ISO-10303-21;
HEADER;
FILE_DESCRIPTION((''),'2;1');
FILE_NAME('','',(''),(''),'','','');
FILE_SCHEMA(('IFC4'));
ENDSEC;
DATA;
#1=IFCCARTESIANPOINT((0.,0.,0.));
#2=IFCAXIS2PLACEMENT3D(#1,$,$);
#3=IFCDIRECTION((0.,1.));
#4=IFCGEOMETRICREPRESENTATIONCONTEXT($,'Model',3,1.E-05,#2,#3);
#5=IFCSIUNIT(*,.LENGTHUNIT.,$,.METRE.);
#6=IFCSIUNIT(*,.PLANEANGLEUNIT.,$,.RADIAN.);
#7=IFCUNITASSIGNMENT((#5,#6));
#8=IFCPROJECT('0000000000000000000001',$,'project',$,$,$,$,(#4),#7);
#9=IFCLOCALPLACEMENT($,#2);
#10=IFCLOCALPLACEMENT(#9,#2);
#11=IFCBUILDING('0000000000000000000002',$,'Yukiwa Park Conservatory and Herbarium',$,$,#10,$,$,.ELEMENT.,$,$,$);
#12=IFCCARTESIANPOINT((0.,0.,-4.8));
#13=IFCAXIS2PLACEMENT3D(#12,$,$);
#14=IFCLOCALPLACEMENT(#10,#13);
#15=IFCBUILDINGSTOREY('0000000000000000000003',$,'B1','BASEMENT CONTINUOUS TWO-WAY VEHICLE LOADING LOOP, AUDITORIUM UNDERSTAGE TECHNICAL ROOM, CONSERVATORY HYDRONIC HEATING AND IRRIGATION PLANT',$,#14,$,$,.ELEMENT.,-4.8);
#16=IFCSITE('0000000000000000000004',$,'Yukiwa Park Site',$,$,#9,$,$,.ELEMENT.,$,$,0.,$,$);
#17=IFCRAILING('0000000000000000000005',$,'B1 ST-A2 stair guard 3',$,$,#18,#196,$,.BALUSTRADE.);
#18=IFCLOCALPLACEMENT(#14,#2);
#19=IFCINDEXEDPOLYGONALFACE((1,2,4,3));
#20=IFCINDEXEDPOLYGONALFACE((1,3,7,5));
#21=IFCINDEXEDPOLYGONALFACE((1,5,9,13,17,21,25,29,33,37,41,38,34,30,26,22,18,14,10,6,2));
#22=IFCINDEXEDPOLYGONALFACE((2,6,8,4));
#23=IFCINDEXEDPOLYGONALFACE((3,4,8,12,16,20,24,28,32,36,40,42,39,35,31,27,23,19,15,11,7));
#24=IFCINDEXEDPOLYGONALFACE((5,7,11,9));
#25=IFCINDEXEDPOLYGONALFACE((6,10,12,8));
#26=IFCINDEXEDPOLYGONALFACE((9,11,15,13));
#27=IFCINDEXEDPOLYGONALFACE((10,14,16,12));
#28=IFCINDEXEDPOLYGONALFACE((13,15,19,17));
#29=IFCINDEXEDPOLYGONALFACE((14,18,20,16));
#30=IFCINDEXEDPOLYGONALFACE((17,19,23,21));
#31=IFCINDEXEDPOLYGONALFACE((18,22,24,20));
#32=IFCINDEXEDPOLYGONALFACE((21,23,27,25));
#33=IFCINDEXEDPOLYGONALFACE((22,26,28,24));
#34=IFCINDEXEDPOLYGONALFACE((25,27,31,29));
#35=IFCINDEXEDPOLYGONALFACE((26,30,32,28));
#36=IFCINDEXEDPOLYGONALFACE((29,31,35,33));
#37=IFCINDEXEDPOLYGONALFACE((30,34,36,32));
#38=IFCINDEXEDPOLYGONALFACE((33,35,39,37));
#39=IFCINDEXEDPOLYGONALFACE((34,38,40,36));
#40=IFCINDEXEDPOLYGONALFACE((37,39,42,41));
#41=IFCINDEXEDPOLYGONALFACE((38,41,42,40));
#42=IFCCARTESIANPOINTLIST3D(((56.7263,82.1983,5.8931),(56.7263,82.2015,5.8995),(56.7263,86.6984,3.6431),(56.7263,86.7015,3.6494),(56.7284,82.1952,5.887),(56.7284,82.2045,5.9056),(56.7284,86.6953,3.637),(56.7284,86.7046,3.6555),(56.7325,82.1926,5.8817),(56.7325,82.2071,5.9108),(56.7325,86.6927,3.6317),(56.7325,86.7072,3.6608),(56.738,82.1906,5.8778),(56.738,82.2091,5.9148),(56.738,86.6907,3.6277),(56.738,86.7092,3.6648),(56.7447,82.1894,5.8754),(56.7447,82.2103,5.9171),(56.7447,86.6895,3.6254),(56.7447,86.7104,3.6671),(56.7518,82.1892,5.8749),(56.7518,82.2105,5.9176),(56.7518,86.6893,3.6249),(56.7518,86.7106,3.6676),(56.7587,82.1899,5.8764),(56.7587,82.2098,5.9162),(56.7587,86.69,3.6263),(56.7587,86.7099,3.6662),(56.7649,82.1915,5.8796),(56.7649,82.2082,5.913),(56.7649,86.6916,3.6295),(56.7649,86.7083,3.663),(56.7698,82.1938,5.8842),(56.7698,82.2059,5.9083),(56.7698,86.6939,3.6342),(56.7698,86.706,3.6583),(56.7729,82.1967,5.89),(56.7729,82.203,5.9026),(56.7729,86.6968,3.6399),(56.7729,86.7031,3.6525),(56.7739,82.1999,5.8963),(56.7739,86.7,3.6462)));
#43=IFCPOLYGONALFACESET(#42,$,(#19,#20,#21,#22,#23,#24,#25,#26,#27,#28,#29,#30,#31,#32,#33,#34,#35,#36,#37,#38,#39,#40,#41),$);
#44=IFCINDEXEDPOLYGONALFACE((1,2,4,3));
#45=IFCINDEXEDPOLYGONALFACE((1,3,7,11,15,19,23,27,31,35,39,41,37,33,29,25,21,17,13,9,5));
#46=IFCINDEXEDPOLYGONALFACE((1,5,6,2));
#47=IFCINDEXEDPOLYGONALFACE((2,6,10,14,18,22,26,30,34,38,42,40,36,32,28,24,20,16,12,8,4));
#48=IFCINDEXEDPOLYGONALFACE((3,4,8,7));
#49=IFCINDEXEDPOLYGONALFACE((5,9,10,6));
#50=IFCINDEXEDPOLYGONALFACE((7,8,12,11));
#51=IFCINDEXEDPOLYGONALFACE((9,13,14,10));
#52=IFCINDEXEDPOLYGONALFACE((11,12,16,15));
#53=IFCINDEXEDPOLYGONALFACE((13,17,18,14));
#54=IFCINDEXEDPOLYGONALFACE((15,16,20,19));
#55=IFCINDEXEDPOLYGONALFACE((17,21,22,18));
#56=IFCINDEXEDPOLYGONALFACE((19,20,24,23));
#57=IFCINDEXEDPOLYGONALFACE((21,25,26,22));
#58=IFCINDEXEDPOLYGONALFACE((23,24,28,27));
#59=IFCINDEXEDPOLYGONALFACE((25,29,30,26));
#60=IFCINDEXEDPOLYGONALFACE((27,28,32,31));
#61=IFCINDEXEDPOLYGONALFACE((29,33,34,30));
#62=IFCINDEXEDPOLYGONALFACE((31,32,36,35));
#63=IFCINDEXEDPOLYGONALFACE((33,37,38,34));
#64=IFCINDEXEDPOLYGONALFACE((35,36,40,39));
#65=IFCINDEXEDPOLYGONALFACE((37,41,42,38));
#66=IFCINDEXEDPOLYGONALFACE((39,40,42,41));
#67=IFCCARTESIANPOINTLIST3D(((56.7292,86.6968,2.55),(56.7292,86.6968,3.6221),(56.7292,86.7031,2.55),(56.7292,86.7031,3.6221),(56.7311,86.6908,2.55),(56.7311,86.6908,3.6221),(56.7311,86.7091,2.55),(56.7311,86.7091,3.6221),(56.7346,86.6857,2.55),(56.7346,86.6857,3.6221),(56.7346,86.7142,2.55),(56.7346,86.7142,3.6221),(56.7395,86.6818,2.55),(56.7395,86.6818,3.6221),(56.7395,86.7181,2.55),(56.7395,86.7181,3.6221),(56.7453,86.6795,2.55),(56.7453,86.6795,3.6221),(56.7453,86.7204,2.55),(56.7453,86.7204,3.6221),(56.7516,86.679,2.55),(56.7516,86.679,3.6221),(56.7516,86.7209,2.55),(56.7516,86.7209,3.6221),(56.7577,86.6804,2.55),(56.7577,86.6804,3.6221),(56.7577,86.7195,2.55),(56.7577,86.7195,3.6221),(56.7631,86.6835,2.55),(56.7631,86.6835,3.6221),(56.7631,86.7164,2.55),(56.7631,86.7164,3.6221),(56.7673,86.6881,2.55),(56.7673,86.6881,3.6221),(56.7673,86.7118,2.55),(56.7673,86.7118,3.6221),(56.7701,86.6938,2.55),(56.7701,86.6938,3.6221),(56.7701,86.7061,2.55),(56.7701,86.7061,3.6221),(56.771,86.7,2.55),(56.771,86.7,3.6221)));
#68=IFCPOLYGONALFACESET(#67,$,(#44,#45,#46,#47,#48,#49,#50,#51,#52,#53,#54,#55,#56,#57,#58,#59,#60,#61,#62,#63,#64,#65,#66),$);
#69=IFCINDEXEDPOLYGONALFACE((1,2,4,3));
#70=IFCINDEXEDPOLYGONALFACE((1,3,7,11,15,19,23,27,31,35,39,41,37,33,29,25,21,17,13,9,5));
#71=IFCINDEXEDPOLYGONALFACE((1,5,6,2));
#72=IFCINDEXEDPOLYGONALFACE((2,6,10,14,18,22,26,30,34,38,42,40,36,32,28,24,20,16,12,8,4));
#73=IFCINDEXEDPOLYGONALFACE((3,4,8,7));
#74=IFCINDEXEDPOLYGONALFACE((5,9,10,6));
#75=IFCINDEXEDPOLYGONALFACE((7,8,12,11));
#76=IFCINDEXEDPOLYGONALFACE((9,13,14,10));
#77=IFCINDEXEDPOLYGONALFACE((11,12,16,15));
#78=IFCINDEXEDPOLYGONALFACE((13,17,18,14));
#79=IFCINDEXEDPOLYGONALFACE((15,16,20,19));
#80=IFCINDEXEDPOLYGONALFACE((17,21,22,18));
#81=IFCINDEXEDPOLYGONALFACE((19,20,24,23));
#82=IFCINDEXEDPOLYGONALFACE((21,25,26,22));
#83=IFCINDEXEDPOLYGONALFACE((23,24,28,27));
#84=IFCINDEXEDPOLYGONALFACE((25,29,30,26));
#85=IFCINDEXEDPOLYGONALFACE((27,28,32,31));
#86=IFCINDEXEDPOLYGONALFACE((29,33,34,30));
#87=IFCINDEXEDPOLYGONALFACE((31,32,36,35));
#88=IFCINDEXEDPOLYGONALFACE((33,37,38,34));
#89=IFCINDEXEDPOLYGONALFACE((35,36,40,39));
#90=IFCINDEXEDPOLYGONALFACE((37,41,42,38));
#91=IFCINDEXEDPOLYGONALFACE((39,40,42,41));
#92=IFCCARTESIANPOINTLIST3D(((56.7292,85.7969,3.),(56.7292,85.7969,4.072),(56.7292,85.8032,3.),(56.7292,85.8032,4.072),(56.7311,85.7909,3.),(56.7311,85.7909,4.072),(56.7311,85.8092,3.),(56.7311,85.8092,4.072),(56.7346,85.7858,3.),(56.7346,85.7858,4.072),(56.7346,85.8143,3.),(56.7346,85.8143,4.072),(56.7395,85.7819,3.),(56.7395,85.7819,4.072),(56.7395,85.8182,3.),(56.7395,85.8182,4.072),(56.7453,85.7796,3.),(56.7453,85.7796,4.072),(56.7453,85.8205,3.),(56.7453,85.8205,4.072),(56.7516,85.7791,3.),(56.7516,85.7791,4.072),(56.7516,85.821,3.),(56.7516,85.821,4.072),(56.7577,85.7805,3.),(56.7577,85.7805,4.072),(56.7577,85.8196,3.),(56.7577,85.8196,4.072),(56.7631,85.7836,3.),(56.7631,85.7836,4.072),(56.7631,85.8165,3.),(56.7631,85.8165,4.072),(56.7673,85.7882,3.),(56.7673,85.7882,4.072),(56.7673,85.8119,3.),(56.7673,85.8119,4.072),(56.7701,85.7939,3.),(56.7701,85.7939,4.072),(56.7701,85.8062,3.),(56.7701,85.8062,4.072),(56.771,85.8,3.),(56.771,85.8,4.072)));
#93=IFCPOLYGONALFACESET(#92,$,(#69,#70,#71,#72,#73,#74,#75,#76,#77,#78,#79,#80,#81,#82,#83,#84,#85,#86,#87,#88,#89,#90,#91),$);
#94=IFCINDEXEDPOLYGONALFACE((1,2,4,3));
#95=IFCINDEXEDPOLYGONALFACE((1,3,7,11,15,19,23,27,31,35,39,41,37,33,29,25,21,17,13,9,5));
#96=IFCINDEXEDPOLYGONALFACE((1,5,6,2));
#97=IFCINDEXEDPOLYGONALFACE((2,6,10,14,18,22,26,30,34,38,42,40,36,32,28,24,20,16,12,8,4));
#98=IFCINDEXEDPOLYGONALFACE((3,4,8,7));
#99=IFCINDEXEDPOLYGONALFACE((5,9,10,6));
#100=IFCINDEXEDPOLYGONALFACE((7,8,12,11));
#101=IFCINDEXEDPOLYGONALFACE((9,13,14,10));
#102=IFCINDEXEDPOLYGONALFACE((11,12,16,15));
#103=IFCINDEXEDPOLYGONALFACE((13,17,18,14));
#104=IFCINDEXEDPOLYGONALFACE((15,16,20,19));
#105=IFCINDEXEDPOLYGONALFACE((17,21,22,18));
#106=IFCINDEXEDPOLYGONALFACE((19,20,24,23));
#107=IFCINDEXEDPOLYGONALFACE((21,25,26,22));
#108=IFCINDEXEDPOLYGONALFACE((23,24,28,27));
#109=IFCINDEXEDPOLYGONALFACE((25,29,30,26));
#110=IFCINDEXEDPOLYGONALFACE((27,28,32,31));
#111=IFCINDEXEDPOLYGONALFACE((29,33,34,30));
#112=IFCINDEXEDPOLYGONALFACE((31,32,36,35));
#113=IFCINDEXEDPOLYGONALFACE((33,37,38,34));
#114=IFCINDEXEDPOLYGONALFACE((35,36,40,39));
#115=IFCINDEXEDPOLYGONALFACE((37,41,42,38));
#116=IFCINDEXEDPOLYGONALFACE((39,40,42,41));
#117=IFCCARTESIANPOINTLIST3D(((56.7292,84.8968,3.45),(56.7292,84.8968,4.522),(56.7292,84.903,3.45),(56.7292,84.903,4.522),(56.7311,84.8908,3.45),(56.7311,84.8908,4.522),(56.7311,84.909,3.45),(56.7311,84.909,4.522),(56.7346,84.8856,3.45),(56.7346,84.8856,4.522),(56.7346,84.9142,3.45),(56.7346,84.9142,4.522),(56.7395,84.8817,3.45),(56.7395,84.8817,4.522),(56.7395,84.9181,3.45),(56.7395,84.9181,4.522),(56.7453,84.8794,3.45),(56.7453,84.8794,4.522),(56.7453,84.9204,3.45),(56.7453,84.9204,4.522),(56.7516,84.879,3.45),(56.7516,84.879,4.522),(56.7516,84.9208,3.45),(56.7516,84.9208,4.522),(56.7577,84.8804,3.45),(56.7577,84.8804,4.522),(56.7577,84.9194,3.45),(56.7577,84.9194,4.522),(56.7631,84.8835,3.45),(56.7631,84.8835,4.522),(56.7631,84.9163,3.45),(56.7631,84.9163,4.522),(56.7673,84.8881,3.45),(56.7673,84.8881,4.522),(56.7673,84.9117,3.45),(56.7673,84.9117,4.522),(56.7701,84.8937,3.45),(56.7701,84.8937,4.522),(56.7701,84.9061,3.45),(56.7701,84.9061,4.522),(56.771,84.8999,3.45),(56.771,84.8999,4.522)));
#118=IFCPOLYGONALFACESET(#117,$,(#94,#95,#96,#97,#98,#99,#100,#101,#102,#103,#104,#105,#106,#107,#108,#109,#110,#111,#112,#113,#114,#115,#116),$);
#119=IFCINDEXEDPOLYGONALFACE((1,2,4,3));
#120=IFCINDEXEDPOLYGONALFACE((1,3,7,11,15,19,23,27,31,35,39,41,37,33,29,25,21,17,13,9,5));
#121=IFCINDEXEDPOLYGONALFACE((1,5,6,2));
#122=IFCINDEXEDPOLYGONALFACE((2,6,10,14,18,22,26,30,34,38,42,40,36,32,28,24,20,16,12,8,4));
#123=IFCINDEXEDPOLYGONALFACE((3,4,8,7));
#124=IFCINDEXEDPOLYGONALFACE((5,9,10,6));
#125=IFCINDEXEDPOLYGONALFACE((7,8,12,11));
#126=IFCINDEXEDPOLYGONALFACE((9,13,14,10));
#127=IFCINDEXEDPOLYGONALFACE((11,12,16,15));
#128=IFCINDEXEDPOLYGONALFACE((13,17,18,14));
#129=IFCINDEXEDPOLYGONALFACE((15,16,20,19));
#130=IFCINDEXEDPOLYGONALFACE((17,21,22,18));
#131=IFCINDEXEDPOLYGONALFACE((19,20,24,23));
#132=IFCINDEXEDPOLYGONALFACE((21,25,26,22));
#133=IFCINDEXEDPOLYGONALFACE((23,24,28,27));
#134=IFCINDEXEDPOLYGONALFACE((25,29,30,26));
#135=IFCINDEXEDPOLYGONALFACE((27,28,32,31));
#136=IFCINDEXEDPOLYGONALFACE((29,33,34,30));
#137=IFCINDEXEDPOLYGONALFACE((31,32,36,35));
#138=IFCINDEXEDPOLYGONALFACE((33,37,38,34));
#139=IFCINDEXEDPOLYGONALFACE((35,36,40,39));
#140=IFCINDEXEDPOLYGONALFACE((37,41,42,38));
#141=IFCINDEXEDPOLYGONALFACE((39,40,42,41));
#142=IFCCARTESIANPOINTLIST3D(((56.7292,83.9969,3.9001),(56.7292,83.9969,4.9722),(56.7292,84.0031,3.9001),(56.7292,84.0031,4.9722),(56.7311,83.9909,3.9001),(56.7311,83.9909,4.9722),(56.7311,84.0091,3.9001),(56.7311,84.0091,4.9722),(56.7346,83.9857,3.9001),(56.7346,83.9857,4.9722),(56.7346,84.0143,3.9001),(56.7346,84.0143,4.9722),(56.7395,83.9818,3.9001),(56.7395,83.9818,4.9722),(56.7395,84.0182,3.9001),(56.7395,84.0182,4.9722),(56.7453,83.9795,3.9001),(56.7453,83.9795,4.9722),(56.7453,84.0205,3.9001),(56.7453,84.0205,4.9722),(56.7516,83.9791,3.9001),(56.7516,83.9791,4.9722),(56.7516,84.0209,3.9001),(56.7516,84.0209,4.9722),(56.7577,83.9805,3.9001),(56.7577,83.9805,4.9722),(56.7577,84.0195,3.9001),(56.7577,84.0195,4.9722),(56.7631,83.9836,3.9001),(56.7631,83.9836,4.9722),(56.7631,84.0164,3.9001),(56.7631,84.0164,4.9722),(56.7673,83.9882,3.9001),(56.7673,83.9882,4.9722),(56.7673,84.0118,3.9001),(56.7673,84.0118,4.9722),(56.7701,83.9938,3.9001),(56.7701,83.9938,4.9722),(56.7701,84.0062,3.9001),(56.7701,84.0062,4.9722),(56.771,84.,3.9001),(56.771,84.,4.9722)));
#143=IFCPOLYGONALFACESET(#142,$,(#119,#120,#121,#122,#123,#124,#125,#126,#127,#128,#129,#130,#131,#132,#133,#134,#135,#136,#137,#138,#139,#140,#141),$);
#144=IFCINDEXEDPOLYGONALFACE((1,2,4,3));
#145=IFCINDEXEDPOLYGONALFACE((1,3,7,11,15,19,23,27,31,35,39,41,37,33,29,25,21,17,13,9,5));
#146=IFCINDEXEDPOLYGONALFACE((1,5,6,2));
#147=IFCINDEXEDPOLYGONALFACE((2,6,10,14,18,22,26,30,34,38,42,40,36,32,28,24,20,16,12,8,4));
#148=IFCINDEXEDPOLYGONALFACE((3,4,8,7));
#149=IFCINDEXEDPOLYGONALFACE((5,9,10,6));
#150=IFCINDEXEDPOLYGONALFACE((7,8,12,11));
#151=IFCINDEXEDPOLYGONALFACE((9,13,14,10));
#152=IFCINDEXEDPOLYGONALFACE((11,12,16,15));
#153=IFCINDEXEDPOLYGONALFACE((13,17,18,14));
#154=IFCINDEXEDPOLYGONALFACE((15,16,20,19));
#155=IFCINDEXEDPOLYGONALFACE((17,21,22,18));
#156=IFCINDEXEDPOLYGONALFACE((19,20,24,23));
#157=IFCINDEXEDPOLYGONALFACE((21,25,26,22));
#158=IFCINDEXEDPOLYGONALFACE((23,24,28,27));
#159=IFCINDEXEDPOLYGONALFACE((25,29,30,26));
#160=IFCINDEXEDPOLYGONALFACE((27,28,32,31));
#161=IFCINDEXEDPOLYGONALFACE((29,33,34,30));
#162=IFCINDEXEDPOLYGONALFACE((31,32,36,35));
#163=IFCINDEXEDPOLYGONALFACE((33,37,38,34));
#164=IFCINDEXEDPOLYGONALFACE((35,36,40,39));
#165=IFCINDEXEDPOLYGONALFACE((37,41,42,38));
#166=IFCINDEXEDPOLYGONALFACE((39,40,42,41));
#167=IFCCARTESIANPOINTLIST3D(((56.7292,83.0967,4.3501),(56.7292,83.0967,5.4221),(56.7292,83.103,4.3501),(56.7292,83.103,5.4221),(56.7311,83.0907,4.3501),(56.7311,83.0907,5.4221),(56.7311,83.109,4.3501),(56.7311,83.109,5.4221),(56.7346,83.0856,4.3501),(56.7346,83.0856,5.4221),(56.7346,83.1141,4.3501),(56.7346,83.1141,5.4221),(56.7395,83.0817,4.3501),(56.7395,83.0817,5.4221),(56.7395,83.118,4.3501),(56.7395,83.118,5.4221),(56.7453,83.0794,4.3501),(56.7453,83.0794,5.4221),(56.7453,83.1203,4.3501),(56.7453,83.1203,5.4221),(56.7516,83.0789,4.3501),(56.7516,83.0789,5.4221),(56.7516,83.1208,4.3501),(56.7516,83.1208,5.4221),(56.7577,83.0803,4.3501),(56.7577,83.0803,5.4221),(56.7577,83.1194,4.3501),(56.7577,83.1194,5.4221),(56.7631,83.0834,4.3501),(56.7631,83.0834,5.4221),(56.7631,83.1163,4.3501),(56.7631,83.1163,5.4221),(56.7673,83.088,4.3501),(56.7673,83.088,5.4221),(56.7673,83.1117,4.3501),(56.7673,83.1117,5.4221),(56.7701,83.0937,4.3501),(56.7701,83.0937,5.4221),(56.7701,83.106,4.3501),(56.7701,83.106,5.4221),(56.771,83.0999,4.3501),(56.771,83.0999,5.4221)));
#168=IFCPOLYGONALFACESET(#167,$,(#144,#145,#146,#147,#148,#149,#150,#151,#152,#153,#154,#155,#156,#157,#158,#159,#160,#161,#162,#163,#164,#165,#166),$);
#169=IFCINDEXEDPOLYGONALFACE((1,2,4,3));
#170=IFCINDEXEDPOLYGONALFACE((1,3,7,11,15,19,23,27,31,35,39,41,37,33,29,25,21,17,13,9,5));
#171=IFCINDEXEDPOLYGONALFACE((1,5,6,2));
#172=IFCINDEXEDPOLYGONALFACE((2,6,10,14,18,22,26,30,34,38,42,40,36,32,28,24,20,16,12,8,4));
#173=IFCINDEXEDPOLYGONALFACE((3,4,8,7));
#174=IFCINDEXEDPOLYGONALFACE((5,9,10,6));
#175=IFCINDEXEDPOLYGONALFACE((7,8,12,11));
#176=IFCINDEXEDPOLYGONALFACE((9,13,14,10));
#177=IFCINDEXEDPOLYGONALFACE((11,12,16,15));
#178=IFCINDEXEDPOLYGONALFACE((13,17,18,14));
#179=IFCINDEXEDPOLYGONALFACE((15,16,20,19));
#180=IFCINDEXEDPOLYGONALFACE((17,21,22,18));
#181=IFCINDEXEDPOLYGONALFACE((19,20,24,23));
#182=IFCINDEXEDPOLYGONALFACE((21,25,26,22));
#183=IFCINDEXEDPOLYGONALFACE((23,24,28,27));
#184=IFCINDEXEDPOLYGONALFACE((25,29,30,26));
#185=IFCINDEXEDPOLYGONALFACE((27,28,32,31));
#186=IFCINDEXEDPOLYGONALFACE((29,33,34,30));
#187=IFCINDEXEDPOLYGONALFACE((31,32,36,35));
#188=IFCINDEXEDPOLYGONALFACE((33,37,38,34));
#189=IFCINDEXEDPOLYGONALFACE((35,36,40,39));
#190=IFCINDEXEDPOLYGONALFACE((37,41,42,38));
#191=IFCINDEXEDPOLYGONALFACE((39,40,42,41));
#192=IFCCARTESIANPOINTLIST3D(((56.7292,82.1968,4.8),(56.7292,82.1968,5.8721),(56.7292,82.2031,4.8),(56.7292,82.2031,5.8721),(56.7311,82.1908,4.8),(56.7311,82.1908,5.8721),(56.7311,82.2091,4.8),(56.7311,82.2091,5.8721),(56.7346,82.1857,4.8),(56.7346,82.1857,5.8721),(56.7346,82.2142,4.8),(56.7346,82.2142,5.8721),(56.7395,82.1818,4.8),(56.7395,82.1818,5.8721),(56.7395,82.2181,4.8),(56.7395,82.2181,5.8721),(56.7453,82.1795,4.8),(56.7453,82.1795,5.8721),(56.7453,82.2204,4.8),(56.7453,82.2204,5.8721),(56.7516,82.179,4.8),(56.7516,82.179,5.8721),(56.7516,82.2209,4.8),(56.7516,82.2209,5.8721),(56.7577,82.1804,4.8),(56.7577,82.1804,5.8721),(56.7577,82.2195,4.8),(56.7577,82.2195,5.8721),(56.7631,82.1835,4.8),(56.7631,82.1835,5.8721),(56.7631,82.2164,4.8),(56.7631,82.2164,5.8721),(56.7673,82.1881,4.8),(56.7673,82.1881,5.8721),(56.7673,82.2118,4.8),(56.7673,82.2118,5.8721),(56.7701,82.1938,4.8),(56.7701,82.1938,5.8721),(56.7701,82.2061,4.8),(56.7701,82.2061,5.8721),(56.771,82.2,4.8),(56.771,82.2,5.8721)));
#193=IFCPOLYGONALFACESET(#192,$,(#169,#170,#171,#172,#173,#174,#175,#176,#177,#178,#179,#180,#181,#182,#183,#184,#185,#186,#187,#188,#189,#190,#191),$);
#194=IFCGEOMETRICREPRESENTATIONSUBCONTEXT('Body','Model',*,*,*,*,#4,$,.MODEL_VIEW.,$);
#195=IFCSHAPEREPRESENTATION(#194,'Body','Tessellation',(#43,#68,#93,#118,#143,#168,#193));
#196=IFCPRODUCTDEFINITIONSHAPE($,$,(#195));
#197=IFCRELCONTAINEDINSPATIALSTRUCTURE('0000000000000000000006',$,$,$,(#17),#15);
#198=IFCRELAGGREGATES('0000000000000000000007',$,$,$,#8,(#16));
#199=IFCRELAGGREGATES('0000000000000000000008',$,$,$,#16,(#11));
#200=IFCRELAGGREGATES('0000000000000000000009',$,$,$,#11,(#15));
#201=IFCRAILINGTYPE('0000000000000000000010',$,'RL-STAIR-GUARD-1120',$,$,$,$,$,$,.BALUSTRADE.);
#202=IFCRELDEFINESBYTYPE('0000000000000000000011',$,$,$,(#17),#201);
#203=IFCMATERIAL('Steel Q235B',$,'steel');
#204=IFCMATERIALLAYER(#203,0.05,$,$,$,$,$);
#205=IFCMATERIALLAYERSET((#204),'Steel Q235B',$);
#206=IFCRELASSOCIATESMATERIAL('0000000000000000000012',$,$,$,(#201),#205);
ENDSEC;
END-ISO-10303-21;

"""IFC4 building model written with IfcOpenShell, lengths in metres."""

from ifc_helpers import new_model, si_unit, direction, frame, origin, origin_2d, place, context, subcontext, project, spatial, circle, extrude, material, layer, layer_set, type_object, element, save


model = new_model("IFC4")

# Units and contexts
model_context = context("Model", 3, precision=1e-05, world=origin(), true_north=direction((0.0, 1.0)))
body_context = subcontext(model_context, "Body", "Model", "MODEL_VIEW")
ifc_project = project(units=[si_unit("LENGTHUNIT", "METRE"), si_unit("PLANEANGLEUNIT", "RADIAN")], contexts=[model_context])

# Site, building, storey
site_placement = place(None, origin())
site = spatial("IfcSite", under=ifc_project, at=site_placement, Name="Yukiwa Park Site", CompositionType="ELEMENT", RefElevation=0.0)
building_placement = place(site_placement, origin())
building = spatial("IfcBuilding", under=site, at=building_placement, Name="Yukiwa Park Conservatory and Herbarium", CompositionType="ELEMENT")
storey_placement = place(building_placement, frame((0.0, 0.0, -4.8)))
storey = spatial("IfcBuildingStorey", under=building, at=storey_placement, Name="B1", Description="BASEMENT CONTINUOUS TWO-WAY VEHICLE LOADING LOOP, AUDITORIUM UNDERSTAGE TECHNICAL ROOM, CONSERVATORY HYDRONIC HEATING AND IRRIGATION PLANT", CompositionType="ELEMENT", Elevation=-4.8)

# Railing
ifc_material_1 = material(Name="Steel Q235B", Category="steel")
ifc_layer_1 = layer(ifc_material_1, 0.05)
ifc_layer_set_1 = layer_set([ifc_layer_1], Name="Steel Q235B")
railing_type_1 = type_object("IfcRailingType", Name="RL-STAIR-GUARD-1120", PredefinedType="BALUSTRADE", material=ifc_layer_set_1)
railing_1_placement = place(storey_placement, frame((56.75, 86.7, 2.55)))
element("IfcRailing", 1, at=railing_1_placement, inside=storey, type_object=railing_type_1, Name="B1 ST-A2 stair guard 3", PredefinedType="BALUSTRADE", context=body_context, shape_type="SweptSolid", body=[
    extrude(circle(Radius=0.0239, at=origin_2d()), frame((0.0, 0.0, 1.0962), z_axis=(0.0, -0.894427, 0.447214), x_axis=(1.0, 0.0, 0.0)), (0.0, 0.0, 1.0), 5.0312),
    extrude(circle(Radius=0.021, at=origin_2d()), origin(), (0.0, 0.0, 1.0), 1.072),
    extrude(circle(Radius=0.021, at=origin_2d()), frame((0.0, -0.8999, 0.45)), (0.0, 0.0, 1.0), 1.072),
    extrude(circle(Radius=0.021, at=origin_2d()), frame((0.0, -1.8, 0.8999)), (0.0, 0.0, 1.0), 1.072),
    extrude(circle(Radius=0.021, at=origin_2d()), frame((0.0, -2.7, 1.3501)), (0.0, 0.0, 1.0), 1.072),
    extrude(circle(Radius=0.021, at=origin_2d()), frame((0.0, -3.6001, 1.8)), (0.0, 0.0, 1.0), 1.072),
    extrude(circle(Radius=0.021, at=origin_2d()), frame((0.0, -4.5, 2.25)), (0.0, 0.0, 1.0), 1.072),
])

save(model, "model.ifc")
